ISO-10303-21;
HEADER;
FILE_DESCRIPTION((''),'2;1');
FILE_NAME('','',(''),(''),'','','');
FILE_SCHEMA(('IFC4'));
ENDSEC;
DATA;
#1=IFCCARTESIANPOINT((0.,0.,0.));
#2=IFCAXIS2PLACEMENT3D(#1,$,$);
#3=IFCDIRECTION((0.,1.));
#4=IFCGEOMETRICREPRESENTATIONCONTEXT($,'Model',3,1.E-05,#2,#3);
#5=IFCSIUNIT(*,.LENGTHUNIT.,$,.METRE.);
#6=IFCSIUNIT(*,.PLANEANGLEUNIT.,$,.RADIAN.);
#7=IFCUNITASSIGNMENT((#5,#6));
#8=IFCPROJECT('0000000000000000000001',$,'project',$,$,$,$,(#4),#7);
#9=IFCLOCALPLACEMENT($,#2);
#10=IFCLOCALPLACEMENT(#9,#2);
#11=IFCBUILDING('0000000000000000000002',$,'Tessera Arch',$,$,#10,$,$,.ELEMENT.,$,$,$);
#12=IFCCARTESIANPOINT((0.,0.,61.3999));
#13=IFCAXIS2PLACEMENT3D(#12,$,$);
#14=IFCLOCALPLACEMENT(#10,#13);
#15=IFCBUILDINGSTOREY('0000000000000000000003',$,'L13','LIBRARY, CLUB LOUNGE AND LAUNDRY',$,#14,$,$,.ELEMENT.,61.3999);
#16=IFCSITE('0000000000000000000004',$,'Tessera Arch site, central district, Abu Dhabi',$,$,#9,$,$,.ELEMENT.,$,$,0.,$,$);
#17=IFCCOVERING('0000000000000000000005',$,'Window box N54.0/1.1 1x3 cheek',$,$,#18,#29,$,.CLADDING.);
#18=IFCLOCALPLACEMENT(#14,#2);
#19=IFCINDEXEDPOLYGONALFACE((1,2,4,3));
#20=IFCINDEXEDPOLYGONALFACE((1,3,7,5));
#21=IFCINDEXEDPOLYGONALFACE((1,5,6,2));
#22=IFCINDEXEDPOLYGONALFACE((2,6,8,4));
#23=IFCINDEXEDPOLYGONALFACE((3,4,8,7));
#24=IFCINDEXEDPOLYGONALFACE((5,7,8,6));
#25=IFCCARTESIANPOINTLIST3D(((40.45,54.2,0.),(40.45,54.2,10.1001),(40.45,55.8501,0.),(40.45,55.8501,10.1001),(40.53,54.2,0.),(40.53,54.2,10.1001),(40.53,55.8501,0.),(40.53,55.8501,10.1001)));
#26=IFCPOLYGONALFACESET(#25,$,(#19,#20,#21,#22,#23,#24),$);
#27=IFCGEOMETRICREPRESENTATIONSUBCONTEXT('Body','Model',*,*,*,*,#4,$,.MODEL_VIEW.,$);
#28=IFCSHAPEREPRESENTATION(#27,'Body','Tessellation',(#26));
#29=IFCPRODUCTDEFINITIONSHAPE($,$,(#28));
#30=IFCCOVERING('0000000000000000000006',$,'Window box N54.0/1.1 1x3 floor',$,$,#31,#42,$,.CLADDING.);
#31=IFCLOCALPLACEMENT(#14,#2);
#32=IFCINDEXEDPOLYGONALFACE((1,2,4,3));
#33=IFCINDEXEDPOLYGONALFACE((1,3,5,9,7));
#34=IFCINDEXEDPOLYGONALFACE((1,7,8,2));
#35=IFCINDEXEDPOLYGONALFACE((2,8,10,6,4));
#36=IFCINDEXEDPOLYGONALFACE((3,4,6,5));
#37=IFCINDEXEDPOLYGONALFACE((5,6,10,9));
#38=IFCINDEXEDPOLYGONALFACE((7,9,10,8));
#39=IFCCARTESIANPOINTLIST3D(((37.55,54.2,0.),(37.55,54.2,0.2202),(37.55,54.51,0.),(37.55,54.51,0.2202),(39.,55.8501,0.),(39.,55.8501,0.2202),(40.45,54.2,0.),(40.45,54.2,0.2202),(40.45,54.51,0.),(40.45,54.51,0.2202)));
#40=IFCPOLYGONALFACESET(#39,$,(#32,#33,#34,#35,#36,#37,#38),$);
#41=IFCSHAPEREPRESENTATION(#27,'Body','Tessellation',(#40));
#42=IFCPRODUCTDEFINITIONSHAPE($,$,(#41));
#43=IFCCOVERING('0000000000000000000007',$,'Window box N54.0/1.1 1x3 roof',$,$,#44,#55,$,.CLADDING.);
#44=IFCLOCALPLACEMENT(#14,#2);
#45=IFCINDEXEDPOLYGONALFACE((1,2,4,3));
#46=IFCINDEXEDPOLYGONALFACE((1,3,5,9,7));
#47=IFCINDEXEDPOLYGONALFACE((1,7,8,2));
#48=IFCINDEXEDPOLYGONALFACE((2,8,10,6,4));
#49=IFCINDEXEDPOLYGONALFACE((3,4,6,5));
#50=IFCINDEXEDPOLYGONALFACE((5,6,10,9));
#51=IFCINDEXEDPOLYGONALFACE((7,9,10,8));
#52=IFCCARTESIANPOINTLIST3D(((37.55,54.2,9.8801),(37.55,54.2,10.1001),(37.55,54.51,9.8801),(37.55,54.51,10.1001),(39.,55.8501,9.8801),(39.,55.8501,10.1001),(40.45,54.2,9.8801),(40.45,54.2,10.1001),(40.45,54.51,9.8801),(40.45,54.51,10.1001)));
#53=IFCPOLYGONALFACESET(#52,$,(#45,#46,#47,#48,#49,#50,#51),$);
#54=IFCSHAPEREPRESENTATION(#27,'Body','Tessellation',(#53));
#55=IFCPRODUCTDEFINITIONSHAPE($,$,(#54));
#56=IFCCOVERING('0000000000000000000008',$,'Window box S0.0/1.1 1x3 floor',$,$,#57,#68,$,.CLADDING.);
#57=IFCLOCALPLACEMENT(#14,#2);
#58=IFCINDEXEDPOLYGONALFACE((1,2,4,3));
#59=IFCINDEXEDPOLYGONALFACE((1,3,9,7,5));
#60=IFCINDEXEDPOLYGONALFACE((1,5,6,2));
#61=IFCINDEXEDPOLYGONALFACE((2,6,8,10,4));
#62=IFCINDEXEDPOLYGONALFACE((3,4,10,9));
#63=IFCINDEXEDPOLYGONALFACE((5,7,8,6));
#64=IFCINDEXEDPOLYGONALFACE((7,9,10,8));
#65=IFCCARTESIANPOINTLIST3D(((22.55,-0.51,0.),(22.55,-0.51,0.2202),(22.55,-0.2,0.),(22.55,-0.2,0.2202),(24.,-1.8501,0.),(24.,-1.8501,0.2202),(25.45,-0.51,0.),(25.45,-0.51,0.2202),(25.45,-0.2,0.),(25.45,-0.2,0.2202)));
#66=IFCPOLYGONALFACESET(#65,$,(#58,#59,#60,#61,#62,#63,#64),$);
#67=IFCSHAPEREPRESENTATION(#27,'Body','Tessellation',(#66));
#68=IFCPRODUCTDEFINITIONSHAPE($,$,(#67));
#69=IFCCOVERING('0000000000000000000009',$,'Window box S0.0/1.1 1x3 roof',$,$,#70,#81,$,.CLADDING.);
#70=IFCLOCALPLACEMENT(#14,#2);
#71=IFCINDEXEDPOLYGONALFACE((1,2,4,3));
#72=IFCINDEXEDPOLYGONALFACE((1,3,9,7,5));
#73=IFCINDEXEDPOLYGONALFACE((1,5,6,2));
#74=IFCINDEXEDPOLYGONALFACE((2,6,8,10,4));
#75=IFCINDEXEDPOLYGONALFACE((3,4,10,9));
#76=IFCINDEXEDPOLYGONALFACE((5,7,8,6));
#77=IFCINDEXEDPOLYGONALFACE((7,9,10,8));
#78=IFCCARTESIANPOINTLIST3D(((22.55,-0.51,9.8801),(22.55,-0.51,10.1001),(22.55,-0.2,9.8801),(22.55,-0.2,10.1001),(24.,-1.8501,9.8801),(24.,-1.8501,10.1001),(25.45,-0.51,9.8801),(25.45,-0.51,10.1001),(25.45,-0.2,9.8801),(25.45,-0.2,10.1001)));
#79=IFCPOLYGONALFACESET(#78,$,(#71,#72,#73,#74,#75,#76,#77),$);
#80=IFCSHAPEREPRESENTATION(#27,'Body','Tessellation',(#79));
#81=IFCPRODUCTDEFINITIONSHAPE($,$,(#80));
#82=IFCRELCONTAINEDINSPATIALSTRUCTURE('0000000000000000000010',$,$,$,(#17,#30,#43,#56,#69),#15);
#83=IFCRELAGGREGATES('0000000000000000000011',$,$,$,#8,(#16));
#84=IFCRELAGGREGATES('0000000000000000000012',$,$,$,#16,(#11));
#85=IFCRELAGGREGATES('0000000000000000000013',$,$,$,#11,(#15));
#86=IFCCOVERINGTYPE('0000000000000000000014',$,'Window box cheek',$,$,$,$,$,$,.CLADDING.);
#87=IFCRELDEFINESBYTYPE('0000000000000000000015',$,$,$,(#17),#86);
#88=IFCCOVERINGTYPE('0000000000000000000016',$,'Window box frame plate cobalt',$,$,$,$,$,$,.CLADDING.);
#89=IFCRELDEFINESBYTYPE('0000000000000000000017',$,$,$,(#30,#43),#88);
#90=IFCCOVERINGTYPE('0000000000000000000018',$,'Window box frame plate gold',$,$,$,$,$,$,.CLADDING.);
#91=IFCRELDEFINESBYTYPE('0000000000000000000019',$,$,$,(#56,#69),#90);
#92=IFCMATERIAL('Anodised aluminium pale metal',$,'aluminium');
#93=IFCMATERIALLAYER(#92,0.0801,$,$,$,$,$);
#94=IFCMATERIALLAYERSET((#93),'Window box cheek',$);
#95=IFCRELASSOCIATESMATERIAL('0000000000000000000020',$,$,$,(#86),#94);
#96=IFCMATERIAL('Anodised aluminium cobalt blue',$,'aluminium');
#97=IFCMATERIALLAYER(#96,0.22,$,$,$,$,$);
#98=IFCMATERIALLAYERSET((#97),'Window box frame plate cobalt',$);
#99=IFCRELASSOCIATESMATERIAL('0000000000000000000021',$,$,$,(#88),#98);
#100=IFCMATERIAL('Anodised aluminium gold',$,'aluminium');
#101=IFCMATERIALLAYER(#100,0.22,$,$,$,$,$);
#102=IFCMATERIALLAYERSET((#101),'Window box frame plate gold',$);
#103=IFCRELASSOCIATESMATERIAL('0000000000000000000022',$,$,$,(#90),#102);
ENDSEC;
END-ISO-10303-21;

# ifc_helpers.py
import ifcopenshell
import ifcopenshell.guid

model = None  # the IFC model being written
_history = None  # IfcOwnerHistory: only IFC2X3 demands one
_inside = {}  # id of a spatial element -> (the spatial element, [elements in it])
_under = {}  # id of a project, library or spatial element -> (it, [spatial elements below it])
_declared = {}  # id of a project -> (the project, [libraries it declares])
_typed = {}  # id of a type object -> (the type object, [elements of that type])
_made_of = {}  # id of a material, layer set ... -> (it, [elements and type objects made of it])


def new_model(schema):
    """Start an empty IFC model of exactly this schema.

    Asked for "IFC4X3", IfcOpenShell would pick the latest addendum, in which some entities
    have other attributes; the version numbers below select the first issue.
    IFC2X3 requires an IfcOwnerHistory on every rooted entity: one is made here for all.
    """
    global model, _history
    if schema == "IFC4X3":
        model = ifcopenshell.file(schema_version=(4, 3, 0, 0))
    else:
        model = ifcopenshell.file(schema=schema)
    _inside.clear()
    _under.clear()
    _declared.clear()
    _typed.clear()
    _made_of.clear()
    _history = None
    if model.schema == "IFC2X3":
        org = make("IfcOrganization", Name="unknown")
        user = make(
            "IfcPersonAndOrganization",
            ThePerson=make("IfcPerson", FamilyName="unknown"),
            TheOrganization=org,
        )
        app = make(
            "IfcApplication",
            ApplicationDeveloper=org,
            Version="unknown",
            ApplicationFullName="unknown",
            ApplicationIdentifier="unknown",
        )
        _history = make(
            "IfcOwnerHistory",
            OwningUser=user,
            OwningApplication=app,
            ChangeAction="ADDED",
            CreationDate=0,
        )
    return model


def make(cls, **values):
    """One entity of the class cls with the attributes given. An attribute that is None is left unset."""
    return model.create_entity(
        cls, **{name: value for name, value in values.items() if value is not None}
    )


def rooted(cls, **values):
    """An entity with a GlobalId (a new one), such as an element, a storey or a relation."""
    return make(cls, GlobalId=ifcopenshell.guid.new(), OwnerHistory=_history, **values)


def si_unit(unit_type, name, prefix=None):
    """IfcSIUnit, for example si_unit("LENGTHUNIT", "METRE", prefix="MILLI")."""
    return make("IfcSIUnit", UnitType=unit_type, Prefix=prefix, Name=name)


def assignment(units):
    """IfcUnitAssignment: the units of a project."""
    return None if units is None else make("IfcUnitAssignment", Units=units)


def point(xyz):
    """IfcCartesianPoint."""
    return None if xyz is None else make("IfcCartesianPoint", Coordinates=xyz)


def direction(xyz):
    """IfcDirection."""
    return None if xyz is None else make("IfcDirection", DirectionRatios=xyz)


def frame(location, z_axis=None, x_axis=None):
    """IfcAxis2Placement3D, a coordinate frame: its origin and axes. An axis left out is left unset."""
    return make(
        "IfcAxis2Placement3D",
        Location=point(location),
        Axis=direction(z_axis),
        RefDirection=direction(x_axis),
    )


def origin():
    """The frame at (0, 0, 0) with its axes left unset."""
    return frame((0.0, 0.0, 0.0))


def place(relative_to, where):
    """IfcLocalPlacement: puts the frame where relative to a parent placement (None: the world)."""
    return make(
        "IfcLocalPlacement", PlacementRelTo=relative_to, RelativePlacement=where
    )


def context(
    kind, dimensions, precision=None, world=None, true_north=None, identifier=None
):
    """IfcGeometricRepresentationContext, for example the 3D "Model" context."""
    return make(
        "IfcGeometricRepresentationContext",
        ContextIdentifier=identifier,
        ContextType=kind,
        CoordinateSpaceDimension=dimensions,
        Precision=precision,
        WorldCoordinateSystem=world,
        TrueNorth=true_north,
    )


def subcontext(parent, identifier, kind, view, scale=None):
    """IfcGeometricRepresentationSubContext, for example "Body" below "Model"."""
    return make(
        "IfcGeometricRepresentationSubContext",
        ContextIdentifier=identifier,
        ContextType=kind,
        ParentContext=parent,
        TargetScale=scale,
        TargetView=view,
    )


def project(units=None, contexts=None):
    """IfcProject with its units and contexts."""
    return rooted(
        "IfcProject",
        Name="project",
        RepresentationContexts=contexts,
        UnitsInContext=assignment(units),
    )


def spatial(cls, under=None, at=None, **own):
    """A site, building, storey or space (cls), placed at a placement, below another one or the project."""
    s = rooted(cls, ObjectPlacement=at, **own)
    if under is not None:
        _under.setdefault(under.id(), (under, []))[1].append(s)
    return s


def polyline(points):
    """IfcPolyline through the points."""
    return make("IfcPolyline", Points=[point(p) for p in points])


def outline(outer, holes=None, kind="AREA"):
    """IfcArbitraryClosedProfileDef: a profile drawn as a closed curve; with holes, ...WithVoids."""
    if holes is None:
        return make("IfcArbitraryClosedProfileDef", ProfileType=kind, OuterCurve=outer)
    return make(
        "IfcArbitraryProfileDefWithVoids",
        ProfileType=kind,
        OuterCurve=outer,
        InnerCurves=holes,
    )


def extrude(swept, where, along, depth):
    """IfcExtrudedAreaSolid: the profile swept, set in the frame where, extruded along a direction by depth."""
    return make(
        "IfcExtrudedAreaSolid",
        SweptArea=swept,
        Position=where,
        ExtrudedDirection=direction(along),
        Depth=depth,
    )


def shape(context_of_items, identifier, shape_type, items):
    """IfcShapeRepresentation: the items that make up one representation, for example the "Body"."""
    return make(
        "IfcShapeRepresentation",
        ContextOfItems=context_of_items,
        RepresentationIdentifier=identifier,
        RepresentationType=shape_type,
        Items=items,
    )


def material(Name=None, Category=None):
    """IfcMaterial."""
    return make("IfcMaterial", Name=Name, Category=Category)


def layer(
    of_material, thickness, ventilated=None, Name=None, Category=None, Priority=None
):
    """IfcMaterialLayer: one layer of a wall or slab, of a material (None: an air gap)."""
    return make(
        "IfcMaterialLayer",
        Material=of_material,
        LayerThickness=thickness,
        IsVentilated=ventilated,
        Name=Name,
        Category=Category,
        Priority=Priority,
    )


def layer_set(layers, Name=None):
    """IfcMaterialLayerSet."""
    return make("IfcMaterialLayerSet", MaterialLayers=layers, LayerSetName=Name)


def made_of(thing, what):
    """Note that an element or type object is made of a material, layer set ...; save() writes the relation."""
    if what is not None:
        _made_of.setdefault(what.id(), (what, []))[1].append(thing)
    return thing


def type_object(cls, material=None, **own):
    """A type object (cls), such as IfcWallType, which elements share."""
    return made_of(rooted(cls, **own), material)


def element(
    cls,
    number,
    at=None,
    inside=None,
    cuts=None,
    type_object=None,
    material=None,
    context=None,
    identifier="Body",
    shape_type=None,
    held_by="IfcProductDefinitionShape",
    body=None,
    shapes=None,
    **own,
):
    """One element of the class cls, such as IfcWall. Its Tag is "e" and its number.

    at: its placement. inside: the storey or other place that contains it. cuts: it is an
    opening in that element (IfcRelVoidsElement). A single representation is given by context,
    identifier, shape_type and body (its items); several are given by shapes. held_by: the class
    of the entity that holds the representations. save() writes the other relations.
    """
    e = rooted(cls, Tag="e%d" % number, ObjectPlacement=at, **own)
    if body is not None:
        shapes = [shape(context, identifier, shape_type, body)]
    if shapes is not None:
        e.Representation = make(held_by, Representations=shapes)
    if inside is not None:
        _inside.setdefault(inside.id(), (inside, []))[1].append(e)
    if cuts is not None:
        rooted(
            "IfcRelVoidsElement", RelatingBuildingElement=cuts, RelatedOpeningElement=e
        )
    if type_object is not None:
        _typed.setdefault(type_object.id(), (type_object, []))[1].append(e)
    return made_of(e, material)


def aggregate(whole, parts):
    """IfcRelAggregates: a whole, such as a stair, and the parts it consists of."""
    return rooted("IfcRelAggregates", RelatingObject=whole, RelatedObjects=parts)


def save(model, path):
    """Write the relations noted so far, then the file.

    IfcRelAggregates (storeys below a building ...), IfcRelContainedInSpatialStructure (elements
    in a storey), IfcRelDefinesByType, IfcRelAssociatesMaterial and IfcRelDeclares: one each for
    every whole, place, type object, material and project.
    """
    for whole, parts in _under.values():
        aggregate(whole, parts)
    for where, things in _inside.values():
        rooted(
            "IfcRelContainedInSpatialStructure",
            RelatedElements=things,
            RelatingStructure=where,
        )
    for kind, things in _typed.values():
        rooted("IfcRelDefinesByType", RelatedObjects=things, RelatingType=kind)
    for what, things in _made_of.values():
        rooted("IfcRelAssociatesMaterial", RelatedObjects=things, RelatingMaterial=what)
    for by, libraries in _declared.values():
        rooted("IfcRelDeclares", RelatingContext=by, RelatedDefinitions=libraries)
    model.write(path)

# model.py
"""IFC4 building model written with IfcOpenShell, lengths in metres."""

from ifc_helpers import new_model, si_unit, direction, frame, origin, place, context, subcontext, project, spatial, polyline, outline, extrude, material, layer, layer_set, type_object, element, save


model = new_model("IFC4")

# Units and contexts
model_context = context("Model", 3, precision=1e-05, world=origin(), true_north=direction((0.0, 1.0)))
body_context = subcontext(model_context, "Body", "Model", "MODEL_VIEW")
ifc_project = project(units=[si_unit("LENGTHUNIT", "METRE"), si_unit("PLANEANGLEUNIT", "RADIAN")], contexts=[model_context])

# Site, building, storey
site_placement = place(None, origin())
site = spatial("IfcSite", under=ifc_project, at=site_placement, Name="Tessera Arch site, central district, Abu Dhabi", CompositionType="ELEMENT", RefElevation=0.0)
building_placement = place(site_placement, origin())
building = spatial("IfcBuilding", under=site, at=building_placement, Name="Tessera Arch", CompositionType="ELEMENT")
storey_placement = place(building_placement, frame((0.0, 0.0, 61.3999)))
storey = spatial("IfcBuildingStorey", under=building, at=storey_placement, Name="L13", Description="LIBRARY, CLUB LOUNGE AND LAUNDRY", CompositionType="ELEMENT", Elevation=61.3999)

# Coverings
ifc_material_1 = material(Name="Anodised aluminium pale metal", Category="aluminium")
ifc_layer_1 = layer(ifc_material_1, 0.0801)
ifc_layer_set_1 = layer_set([ifc_layer_1], Name="Window box cheek")
covering_type_1 = type_object("IfcCoveringType", Name="Window box cheek", PredefinedType="CLADDING", material=ifc_layer_set_1)
covering_1_placement = place(storey_placement, origin())
element("IfcCovering", 1, at=covering_1_placement, inside=storey, type_object=covering_type_1, Name="Window box N54.0/1.1 1x3 cheek", PredefinedType="CLADDING", context=body_context, shape_type="SweptSolid", body=[
    extrude(outline(polyline([(40.53, 55.8501), (40.45, 55.8501), (40.45, 54.2), (40.53, 54.2), (40.53, 55.8501)])), origin(), (0.0, 0.0, 1.0), 10.1001),
])
ifc_material_2 = material(Name="Anodised aluminium cobalt blue", Category="aluminium")
ifc_layer_2 = layer(ifc_material_2, 0.22)
ifc_layer_set_2 = layer_set([ifc_layer_2], Name="Window box frame plate cobalt")
covering_type_2 = type_object("IfcCoveringType", Name="Window box frame plate cobalt", PredefinedType="CLADDING", material=ifc_layer_set_2)
covering_2_placement = place(storey_placement, origin())
element("IfcCovering", 2, at=covering_2_placement, inside=storey, type_object=covering_type_2, Name="Window box N54.0/1.1 1x3 floor", PredefinedType="CLADDING", context=body_context, shape_type="SweptSolid", body=[
    extrude(outline(polyline([(40.45, 54.51), (39.0, 55.8501), (37.55, 54.51), (37.55, 54.2), (40.45, 54.2), (40.45, 54.51)])), origin(), (0.0, 0.0, 1.0), 0.2202),
])
covering_3_placement = place(storey_placement, frame((0.0, 0.0, 9.8801)))
element("IfcCovering", 3, at=covering_3_placement, inside=storey, type_object=covering_type_2, Name="Window box N54.0/1.1 1x3 roof", PredefinedType="CLADDING", context=body_context, shape_type="SweptSolid", body=[
    extrude(outline(polyline([(40.45, 54.51), (39.0, 55.8501), (37.55, 54.51), (37.55, 54.2), (40.45, 54.2), (40.45, 54.51)])), origin(), (0.0, 0.0, 1.0), 0.22),
])
ifc_material_3 = material(Name="Anodised aluminium gold", Category="aluminium")
ifc_layer_3 = layer(ifc_material_3, 0.22)
ifc_layer_set_3 = layer_set([ifc_layer_3], Name="Window box frame plate gold")
covering_type_3 = type_object("IfcCoveringType", Name="Window box frame plate gold", PredefinedType="CLADDING", material=ifc_layer_set_3)
covering_4_placement = place(storey_placement, origin())
element("IfcCovering", 4, at=covering_4_placement, inside=storey, type_object=covering_type_3, Name="Window box S0.0/1.1 1x3 floor", PredefinedType="CLADDING", context=body_context, shape_type="SweptSolid", body=[
    extrude(outline(polyline([(22.55, -0.51), (24.0, -1.8501), (25.45, -0.51), (25.45, -0.2), (22.55, -0.2), (22.55, -0.51)])), origin(), (0.0, 0.0, 1.0), 0.2202),
])
covering_5_placement = place(storey_placement, frame((0.0, 0.0, 9.8801)))
element("IfcCovering", 5, at=covering_5_placement, inside=storey, type_object=covering_type_3, Name="Window box S0.0/1.1 1x3 roof", PredefinedType="CLADDING", context=body_context, shape_type="SweptSolid", body=[
    extrude(outline(polyline([(22.55, -0.51), (24.0, -1.8501), (25.45, -0.51), (25.45, -0.2), (22.55, -0.2), (22.55, -0.51)])), origin(), (0.0, 0.0, 1.0), 0.22),
])

save(model, "model.ifc")
